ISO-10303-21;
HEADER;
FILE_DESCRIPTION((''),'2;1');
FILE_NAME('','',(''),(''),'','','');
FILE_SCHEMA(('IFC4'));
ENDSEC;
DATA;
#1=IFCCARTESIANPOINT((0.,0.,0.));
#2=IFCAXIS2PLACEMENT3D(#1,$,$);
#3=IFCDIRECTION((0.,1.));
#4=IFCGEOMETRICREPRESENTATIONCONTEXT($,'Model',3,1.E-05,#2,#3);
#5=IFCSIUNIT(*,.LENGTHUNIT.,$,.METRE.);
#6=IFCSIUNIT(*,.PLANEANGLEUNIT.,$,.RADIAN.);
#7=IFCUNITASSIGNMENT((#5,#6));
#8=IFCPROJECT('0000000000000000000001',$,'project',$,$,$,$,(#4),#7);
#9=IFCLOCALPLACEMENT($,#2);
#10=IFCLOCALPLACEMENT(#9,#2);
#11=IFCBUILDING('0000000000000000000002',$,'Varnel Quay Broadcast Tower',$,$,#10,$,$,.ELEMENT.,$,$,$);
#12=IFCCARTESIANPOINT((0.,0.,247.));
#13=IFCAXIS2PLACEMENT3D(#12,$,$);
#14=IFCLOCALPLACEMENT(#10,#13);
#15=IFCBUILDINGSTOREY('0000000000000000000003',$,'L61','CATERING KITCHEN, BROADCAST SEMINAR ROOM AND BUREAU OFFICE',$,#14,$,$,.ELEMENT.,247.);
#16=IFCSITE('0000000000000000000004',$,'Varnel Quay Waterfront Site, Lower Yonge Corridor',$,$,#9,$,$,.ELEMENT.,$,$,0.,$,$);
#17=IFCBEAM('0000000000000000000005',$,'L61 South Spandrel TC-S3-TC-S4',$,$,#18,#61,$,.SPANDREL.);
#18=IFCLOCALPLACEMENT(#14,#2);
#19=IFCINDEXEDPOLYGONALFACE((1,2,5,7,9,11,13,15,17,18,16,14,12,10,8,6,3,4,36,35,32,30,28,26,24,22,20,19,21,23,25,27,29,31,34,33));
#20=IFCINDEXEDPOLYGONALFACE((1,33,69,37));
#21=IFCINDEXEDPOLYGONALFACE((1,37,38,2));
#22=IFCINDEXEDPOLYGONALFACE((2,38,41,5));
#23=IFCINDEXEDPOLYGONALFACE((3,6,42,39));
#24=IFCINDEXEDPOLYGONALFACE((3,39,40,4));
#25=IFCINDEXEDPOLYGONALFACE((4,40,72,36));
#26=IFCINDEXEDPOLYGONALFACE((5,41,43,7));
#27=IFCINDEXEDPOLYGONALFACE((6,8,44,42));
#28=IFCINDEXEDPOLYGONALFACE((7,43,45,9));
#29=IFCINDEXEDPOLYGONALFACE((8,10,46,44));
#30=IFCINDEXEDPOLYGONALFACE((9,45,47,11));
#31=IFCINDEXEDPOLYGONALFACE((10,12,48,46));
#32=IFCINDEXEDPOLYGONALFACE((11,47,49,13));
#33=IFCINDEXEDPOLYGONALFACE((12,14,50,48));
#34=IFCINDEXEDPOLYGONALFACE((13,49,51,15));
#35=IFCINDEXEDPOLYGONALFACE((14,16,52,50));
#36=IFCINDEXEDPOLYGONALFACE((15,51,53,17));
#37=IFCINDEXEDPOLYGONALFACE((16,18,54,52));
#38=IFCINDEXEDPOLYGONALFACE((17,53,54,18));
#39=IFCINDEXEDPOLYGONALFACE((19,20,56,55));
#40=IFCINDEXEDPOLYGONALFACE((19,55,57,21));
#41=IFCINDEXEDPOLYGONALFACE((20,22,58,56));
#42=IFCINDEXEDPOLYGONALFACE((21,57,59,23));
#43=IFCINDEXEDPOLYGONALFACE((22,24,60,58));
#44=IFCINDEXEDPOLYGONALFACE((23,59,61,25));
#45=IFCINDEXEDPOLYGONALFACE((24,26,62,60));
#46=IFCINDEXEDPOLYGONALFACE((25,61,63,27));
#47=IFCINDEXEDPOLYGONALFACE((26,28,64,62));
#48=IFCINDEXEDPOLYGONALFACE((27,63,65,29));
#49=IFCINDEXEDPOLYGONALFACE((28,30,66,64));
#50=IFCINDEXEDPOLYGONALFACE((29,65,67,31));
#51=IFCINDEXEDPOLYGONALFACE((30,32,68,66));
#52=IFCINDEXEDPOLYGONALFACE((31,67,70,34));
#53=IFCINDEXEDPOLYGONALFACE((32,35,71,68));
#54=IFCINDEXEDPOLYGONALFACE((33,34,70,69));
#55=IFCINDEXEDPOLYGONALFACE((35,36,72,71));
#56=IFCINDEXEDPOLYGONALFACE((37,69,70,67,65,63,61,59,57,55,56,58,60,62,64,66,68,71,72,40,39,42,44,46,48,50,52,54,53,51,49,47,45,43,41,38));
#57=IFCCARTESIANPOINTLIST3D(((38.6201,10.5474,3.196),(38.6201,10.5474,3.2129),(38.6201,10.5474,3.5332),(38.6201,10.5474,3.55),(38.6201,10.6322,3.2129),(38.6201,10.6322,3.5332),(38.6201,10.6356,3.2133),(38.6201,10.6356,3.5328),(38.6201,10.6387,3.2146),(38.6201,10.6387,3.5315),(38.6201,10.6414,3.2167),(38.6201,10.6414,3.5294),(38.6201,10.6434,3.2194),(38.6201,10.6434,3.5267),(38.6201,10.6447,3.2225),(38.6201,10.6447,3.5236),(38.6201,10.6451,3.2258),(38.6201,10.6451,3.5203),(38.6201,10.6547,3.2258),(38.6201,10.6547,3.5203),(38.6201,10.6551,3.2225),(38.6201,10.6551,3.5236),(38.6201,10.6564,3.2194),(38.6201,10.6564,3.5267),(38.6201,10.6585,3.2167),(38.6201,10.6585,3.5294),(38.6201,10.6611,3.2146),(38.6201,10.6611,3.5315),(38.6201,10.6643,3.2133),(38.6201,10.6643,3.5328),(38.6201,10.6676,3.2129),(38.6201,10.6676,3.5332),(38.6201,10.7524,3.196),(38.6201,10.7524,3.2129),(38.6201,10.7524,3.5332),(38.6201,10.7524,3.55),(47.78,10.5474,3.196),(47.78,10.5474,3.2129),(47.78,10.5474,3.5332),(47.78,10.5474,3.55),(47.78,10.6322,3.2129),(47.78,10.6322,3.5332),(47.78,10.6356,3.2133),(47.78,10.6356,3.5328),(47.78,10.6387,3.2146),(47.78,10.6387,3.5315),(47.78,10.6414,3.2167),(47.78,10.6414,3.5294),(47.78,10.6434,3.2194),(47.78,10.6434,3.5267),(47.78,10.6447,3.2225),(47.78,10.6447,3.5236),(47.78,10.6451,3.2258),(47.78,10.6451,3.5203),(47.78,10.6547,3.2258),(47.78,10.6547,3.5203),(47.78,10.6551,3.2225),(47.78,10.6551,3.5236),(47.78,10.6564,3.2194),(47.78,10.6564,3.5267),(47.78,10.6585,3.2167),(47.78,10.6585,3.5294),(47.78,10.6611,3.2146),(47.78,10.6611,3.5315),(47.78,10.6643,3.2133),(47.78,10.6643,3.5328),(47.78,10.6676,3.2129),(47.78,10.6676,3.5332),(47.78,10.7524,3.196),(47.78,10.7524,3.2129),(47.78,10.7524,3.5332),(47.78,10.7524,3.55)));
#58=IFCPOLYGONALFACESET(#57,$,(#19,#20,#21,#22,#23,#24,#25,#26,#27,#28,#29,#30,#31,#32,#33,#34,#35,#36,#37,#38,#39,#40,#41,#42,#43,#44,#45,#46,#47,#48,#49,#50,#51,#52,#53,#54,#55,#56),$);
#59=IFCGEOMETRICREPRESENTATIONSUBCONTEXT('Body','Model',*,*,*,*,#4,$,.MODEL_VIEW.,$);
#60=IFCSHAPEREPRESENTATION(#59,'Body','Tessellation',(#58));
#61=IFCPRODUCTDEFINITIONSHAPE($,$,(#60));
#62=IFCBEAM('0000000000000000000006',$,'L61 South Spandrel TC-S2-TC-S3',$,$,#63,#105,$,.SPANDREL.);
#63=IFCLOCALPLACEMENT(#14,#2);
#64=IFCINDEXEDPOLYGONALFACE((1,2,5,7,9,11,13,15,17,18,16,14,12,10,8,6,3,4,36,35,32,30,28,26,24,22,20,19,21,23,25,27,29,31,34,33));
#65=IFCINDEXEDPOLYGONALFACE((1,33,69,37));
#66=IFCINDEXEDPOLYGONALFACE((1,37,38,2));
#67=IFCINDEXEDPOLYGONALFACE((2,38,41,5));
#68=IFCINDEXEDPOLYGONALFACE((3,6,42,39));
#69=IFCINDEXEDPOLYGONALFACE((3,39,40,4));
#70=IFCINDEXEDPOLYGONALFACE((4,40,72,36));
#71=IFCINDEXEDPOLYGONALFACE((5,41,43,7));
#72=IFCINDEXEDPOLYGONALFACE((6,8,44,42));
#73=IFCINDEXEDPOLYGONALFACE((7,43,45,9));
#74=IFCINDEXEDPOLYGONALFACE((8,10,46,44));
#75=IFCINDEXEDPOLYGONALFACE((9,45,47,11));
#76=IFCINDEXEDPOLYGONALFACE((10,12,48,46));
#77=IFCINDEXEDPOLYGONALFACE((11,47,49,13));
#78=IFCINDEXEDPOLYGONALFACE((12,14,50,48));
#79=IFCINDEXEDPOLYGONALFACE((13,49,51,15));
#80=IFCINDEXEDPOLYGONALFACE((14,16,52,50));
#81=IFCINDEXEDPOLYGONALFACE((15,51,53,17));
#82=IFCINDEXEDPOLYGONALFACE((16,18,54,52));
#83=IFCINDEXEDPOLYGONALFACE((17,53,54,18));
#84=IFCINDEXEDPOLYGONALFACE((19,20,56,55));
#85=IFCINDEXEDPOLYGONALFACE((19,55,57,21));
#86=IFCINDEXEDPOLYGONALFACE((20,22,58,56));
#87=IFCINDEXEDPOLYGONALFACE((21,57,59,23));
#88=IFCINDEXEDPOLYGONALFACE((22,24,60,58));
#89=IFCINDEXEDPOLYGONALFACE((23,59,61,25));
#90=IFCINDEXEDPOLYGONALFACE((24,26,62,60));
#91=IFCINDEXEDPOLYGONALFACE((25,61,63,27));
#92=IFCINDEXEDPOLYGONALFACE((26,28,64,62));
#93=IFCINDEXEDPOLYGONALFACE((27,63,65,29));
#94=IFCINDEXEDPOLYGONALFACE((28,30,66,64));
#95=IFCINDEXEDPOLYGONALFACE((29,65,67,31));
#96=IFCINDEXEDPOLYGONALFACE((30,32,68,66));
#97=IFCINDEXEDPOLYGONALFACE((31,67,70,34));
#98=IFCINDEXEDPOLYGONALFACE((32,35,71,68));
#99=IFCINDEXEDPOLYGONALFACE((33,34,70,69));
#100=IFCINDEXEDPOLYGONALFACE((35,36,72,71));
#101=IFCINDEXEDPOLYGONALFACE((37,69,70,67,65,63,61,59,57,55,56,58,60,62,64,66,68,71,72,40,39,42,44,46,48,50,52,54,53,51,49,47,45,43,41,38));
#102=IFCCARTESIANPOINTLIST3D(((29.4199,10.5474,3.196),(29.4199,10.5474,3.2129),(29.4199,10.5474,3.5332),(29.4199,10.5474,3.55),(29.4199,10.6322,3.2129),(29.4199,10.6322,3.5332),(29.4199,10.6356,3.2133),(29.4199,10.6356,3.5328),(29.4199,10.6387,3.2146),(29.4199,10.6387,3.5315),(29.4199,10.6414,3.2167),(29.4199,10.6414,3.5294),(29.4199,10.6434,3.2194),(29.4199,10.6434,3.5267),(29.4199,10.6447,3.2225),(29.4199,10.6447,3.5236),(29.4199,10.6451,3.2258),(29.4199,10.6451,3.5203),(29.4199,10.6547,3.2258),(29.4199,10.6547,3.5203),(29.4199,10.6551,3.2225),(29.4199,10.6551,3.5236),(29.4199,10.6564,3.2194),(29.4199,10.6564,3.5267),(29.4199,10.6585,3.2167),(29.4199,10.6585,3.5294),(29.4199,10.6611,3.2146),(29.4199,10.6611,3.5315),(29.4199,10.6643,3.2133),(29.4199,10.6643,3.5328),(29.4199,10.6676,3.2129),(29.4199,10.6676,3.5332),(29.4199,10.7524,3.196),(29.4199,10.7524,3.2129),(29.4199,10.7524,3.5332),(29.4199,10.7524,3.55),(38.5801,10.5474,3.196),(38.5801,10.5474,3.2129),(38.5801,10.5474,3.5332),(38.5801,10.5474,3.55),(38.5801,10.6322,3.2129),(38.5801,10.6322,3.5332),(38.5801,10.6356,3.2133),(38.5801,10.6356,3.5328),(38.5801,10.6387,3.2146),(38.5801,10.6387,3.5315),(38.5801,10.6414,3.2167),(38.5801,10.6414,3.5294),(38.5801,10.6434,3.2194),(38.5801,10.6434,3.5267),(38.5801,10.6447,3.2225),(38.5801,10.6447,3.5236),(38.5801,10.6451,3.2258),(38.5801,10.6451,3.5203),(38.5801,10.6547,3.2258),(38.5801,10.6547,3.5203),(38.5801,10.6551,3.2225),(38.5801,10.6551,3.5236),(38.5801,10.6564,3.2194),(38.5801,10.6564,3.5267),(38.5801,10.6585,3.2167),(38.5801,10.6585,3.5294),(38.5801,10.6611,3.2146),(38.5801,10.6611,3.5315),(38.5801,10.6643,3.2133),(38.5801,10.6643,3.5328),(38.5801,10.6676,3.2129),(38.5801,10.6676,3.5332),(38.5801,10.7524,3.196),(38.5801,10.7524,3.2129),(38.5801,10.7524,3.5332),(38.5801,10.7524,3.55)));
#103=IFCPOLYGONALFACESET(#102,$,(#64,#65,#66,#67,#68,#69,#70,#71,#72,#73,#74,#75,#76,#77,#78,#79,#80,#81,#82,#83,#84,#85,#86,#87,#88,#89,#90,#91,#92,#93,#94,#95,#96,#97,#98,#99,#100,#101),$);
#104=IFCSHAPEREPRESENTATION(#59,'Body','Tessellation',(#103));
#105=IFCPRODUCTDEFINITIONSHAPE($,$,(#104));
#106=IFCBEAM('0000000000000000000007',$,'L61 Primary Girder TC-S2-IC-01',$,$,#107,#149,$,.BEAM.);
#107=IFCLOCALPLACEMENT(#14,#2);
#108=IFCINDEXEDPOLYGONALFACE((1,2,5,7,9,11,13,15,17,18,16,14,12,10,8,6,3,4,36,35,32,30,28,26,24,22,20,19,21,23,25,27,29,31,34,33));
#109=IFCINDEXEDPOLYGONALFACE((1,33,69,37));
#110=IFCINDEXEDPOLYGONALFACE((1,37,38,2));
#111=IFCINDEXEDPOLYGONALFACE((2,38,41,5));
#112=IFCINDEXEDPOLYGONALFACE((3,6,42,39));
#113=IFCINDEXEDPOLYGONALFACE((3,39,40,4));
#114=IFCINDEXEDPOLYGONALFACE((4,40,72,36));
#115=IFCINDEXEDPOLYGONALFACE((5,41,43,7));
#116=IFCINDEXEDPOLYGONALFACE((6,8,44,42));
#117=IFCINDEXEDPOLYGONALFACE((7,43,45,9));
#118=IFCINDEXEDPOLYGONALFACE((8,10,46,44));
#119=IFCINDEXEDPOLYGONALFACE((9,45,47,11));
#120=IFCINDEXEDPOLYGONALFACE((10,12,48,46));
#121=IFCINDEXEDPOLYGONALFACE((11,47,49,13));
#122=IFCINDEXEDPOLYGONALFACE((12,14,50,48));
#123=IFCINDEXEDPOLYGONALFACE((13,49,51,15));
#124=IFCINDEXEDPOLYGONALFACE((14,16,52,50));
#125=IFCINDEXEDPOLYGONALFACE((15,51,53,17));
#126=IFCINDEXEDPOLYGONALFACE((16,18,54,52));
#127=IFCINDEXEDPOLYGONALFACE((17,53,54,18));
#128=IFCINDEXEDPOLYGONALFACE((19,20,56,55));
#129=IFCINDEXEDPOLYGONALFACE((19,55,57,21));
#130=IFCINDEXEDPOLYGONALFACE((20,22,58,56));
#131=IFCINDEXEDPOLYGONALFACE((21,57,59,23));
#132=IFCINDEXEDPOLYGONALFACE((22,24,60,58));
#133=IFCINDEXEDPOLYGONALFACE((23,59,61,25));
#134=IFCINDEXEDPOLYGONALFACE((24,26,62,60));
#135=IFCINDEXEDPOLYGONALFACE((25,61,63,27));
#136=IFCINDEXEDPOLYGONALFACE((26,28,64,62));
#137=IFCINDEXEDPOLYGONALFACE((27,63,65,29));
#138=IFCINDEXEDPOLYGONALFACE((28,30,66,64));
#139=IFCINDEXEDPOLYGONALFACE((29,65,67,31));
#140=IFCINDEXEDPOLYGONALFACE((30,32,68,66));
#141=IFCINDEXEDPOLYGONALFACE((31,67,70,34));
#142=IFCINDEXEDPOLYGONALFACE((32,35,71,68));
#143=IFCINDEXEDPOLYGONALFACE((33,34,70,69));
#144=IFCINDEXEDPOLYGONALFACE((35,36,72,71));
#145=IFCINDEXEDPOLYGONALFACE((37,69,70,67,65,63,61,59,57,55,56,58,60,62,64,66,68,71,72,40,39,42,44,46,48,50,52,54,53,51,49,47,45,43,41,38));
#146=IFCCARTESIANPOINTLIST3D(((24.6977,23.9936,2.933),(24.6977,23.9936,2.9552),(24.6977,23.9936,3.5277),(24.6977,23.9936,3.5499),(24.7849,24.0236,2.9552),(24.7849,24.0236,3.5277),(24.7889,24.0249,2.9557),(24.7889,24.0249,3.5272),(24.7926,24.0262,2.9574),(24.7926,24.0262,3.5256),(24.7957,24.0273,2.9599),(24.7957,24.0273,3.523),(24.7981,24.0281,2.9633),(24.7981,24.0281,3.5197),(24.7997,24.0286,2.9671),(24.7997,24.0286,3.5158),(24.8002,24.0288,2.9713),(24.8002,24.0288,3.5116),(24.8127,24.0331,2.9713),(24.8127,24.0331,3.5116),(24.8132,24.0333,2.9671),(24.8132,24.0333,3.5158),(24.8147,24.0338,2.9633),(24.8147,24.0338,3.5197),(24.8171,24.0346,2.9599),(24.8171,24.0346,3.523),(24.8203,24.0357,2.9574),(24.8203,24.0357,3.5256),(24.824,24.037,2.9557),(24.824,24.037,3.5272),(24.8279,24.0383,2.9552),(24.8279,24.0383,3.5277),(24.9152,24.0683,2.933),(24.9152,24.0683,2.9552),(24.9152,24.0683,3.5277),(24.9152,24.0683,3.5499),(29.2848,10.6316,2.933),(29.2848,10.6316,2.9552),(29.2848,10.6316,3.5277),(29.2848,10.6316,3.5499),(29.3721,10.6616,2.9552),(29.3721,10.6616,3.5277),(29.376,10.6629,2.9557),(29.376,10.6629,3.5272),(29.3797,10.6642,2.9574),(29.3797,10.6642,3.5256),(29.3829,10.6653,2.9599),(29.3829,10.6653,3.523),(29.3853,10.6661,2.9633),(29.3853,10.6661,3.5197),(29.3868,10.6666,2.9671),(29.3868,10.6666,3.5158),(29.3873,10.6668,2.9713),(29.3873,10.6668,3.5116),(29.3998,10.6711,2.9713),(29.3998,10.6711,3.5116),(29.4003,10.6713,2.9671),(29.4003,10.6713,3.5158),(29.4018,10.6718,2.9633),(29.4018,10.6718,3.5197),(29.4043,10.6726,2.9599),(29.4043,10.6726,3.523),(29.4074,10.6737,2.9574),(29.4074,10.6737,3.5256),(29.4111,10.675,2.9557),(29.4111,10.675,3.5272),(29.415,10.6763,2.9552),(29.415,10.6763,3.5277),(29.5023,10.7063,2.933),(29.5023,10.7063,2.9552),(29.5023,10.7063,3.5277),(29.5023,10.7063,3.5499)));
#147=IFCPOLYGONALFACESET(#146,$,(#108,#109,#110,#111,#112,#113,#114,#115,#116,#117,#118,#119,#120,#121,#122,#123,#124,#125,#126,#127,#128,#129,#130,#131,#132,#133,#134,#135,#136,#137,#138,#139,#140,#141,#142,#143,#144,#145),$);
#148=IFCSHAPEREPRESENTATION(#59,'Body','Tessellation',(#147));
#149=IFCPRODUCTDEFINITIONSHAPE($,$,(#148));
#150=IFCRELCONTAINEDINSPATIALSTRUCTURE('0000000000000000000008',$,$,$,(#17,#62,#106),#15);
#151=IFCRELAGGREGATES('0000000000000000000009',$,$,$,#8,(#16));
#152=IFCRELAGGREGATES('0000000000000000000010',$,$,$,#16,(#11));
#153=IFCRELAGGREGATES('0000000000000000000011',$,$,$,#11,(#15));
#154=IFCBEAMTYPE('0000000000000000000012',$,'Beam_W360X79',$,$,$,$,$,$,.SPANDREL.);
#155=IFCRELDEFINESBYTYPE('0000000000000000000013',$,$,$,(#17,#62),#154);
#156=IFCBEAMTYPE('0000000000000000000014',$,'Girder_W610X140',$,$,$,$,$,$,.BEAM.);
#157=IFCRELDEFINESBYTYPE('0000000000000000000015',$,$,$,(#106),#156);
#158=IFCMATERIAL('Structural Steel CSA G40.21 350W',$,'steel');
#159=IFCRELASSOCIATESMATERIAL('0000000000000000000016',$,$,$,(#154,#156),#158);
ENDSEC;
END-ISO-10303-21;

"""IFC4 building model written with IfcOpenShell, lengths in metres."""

from ifc_helpers import new_model, si_unit, direction, frame, origin, origin_2d, place, context, subcontext, project, spatial, i_section, extrude, source, transform, mapped, material, material_profile, profile_set, type_object, type_shapes, element, save


model = new_model("IFC4")

# Units and contexts
model_context = context("Model", 3, precision=1e-05, world=origin(), true_north=direction((0.0, 1.0)))
body_context = subcontext(model_context, "Body", "Model", "MODEL_VIEW")
ifc_project = project(units=[si_unit("LENGTHUNIT", "METRE"), si_unit("PLANEANGLEUNIT", "RADIAN")], contexts=[model_context])

# Site, building, storey
site_placement = place(None, origin())
site = spatial("IfcSite", under=ifc_project, at=site_placement, Name="Varnel Quay Waterfront Site, Lower Yonge Corridor", CompositionType="ELEMENT", RefElevation=0.0)
building_placement = place(site_placement, origin())
building = spatial("IfcBuilding", under=site, at=building_placement, Name="Varnel Quay Broadcast Tower", CompositionType="ELEMENT")
storey_placement = place(building_placement, frame((0.0, 0.0, 247.0)))
storey = spatial("IfcBuildingStorey", under=building, at=storey_placement, Name="L61", Description="CATERING KITCHEN, BROADCAST SEMINAR ROOM AND BUREAU OFFICE", CompositionType="ELEMENT", Elevation=247.0)

# Shared definitions
ifc_material_1 = material(Name="Structural Steel CSA G40.21 350W", Category="steel")

# Beams
ifc_material_profile_1 = material_profile(ifc_material_1, i_section(OverallWidth=0.2051, OverallDepth=0.354, WebThickness=0.0095, FlangeThickness=0.0168, FilletRadius=0.0129, at=origin_2d()), Name="W360X79")
ifc_profile_set_1 = profile_set([ifc_material_profile_1], Name="Structural Steel CSA G40.21 350W")
beam_type_1 = type_object("IfcBeamType", Name="Beam_W360X79", PredefinedType="SPANDREL", material=ifc_profile_set_1)
shared_shape_1 = source(origin(), body_context, "Body", "SweptSolid", [
    extrude(i_section(OverallWidth=0.2051, OverallDepth=0.354, WebThickness=0.0095, FlangeThickness=0.0168, FilletRadius=0.0129, at=origin_2d()), origin(), (0.0, 0.0, 1.0), 9.1599),
])
beam_1_placement = place(storey_placement, frame((38.6201, 10.6499, 3.373), z_axis=(1.0, 0.0, 0.0), x_axis=(0.0, 1.0, 0.0)))
element("IfcBeam", 1, at=beam_1_placement, inside=storey, type_object=beam_type_1, Name="L61 South Spandrel TC-S3-TC-S4", PredefinedType="SPANDREL", context=body_context, shape_type="MappedRepresentation", body=[
    mapped(shared_shape_1, transform((0.0, 0.0, 0.0), x_axis=(1.0, 0.0, 0.0), y_axis=(0.0, 1.0, 0.0), z_axis=(0.0, 0.0, 1.0), scale=1.0)),
])
shared_shape_2 = source(origin(), body_context, "Body", "SweptSolid", [
    extrude(i_section(OverallWidth=0.2051, OverallDepth=0.354, WebThickness=0.0095, FlangeThickness=0.0168, FilletRadius=0.0129, at=origin_2d()), origin(), (0.0, 0.0, 1.0), 9.1602),
])
type_shapes(beam_type_1, [shared_shape_1, shared_shape_2])
beam_2_placement = place(storey_placement, frame((29.4199, 10.6499, 3.373), z_axis=(1.0, 0.0, 0.0), x_axis=(0.0, 1.0, 0.0)))
element("IfcBeam", 2, at=beam_2_placement, inside=storey, type_object=beam_type_1, Name="L61 South Spandrel TC-S2-TC-S3", PredefinedType="SPANDREL", context=body_context, shape_type="MappedRepresentation", body=[
    mapped(shared_shape_2, transform((0.0, 0.0, 0.0), x_axis=(1.0, 0.0, 0.0), y_axis=(0.0, 1.0, 0.0), z_axis=(0.0, 0.0, 1.0), scale=1.0)),
])
ifc_material_profile_2 = material_profile(ifc_material_1, i_section(OverallWidth=0.23, OverallDepth=0.6169, WebThickness=0.0132, FlangeThickness=0.0222, FilletRadius=0.0161, at=origin_2d()), Name="W610X140")
ifc_profile_set_2 = profile_set([ifc_material_profile_2], Name="Structural Steel CSA G40.21 350W")
beam_type_2 = type_object("IfcBeamType", Name="Girder_W610X140", PredefinedType="BEAM", material=ifc_profile_set_2)
shared_shape_3 = source(origin(), body_context, "Body", "SweptSolid", [
    extrude(i_section(OverallWidth=0.23, OverallDepth=0.6169, WebThickness=0.0132, FlangeThickness=0.0222, FilletRadius=0.0161, at=origin_2d()), origin(), (0.0, 0.0, 1.0), 14.1274),
])
beam_3_placement = place(storey_placement, frame((29.3936, 10.6689, 3.2415), z_axis=(-0.324697, 0.945818, 0.0), x_axis=(-0.945818, -0.324697, 0.0)))
element("IfcBeam", 3, at=beam_3_placement, inside=storey, type_object=beam_type_2, Name="L61 Primary Girder TC-S2-IC-01", PredefinedType="BEAM", context=body_context, shape_type="MappedRepresentation", body=[
    mapped(shared_shape_3, transform((0.0, 0.0, 0.0), x_axis=(1.0, 0.0, 0.0), y_axis=(0.0, 1.0, 0.0), z_axis=(0.0, 0.0, 1.0), scale=1.0)),
])

save(model, "model.ifc")
